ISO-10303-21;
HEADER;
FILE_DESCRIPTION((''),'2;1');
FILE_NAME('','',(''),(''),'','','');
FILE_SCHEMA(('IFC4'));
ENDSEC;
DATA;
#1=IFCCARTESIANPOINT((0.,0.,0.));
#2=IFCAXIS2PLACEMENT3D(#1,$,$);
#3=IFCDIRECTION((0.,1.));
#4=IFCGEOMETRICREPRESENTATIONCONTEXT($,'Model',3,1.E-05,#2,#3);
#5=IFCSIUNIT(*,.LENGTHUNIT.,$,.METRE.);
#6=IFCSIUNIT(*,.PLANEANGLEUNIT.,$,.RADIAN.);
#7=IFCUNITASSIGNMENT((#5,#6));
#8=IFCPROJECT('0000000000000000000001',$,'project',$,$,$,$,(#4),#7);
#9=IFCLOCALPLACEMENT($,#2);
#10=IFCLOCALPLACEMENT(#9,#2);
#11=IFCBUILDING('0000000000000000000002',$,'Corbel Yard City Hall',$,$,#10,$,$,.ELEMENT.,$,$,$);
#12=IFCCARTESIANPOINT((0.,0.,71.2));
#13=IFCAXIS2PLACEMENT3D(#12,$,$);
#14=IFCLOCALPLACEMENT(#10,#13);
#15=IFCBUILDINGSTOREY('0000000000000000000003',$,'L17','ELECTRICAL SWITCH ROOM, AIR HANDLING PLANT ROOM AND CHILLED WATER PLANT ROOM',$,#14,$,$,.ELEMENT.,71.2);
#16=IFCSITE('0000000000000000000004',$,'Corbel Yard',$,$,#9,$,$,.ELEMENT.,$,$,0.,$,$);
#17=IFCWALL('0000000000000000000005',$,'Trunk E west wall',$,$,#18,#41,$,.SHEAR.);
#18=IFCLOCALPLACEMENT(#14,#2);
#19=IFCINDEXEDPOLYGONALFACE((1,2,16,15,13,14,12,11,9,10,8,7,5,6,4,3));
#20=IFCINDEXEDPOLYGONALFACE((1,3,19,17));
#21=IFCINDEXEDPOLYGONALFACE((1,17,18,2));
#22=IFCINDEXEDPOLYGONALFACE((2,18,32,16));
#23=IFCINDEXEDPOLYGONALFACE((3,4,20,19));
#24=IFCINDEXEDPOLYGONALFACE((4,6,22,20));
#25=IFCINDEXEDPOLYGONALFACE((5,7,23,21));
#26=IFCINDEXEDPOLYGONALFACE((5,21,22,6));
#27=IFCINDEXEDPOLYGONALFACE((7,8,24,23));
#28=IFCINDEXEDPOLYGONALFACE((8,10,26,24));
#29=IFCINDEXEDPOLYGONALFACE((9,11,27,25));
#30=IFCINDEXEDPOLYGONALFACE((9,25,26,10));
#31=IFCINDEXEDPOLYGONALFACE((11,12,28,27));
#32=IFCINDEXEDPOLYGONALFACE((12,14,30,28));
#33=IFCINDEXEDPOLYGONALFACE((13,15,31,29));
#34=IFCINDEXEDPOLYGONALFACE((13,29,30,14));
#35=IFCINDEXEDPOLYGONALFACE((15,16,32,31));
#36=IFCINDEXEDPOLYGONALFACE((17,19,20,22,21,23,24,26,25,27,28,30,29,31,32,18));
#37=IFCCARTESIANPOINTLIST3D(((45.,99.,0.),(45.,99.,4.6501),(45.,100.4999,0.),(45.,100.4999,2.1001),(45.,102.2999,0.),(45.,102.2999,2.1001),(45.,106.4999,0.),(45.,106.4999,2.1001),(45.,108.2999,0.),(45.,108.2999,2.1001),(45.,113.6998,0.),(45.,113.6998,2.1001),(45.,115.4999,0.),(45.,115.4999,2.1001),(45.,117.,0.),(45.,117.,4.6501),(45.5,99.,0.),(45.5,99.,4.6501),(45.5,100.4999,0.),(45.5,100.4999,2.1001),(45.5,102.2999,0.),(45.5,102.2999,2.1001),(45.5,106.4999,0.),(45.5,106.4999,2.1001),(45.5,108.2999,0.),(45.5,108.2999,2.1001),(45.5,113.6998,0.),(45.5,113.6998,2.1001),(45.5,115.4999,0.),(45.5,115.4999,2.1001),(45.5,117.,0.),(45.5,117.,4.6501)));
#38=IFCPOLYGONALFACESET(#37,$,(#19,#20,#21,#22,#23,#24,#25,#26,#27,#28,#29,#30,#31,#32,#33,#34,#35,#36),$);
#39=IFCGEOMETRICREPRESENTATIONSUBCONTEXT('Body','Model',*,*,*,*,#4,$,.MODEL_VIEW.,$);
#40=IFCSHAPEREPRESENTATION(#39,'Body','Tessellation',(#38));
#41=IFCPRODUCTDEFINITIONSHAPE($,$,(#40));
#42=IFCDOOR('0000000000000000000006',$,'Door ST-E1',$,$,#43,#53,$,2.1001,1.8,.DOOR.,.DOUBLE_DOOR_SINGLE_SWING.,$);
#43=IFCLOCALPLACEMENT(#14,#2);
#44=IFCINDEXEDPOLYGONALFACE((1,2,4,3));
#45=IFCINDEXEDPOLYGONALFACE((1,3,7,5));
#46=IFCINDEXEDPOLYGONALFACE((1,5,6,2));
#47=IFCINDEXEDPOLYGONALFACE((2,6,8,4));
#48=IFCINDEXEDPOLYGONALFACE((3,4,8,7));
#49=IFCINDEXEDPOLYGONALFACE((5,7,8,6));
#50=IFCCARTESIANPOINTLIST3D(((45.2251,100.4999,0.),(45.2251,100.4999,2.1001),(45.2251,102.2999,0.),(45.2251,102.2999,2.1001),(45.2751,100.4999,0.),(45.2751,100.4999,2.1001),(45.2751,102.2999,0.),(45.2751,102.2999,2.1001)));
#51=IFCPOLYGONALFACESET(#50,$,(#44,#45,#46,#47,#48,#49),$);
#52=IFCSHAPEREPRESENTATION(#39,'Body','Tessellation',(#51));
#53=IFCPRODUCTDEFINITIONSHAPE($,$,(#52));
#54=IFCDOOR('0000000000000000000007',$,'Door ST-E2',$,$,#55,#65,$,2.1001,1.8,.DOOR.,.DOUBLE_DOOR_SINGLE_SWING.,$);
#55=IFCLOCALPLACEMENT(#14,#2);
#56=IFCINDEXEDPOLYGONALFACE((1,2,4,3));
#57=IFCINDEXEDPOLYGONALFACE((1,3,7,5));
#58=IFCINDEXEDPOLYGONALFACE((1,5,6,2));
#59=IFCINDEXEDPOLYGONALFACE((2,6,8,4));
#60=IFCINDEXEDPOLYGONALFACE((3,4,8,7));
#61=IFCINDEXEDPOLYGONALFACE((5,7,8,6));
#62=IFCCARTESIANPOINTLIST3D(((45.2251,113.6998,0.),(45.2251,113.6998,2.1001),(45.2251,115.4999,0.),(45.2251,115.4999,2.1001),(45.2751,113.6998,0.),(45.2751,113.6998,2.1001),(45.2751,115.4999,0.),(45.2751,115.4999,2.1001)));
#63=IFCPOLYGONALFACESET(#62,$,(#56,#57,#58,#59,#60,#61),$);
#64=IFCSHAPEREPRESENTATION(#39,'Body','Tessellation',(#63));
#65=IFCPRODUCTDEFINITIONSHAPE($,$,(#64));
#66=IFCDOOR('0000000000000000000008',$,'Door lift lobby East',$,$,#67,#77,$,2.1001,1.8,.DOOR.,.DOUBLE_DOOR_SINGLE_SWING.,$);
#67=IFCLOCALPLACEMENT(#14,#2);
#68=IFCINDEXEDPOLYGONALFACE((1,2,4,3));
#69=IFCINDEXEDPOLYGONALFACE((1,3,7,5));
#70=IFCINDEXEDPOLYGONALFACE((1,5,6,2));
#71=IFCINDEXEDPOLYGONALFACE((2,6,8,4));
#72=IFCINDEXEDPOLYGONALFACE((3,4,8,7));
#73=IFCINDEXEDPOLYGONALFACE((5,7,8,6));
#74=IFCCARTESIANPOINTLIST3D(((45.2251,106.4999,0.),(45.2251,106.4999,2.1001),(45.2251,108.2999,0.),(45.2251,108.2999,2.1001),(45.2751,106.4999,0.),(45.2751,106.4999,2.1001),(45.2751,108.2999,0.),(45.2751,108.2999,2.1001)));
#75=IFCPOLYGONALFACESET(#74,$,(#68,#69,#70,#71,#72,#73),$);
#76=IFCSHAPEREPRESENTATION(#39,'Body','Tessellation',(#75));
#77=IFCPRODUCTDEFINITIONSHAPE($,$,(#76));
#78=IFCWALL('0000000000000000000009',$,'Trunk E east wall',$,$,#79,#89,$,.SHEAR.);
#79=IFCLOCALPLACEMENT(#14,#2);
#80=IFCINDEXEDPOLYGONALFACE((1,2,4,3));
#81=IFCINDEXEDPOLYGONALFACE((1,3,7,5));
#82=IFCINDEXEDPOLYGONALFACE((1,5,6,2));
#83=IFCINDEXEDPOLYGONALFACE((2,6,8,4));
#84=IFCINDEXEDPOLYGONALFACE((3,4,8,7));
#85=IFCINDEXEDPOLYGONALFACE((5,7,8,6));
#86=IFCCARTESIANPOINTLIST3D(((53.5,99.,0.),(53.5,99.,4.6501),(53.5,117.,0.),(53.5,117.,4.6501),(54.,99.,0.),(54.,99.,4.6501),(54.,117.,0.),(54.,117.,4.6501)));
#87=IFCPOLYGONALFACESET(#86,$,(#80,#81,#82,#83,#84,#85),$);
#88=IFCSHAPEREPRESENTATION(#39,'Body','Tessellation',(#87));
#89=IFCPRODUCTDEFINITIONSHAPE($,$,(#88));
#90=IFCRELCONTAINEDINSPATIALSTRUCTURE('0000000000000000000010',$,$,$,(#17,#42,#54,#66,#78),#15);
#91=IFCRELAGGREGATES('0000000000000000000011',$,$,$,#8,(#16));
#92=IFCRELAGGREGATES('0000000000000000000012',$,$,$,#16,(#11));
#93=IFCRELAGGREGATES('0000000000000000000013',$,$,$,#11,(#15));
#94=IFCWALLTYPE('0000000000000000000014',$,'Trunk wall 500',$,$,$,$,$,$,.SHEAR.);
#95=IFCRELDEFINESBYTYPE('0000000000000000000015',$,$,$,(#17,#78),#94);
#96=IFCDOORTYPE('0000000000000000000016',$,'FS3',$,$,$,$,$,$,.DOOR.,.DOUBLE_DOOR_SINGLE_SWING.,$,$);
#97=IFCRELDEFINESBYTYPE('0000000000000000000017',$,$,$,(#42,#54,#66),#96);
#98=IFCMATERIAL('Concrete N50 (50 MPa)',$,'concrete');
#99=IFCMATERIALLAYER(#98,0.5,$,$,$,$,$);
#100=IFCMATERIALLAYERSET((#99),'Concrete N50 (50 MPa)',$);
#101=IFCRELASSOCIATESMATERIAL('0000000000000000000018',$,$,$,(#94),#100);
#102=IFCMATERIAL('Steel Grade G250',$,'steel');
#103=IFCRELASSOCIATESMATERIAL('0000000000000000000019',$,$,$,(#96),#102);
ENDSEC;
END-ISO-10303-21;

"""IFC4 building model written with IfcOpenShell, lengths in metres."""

from ifc_helpers import new_model, si_unit, direction, frame, frame_2d, origin, place, context, subcontext, project, spatial, rectangle, extrude, material, layer, layer_set, type_object, element, fill, save


model = new_model("IFC4")

# Units and contexts
model_context = context("Model", 3, precision=1e-05, world=origin(), true_north=direction((0.0, 1.0)))
body_context = subcontext(model_context, "Body", "Model", "MODEL_VIEW")
ifc_project = project(units=[si_unit("LENGTHUNIT", "METRE"), si_unit("PLANEANGLEUNIT", "RADIAN")], contexts=[model_context])

# Site, building, storey
site_placement = place(None, origin())
site = spatial("IfcSite", under=ifc_project, at=site_placement, Name="Corbel Yard", CompositionType="ELEMENT", RefElevation=0.0)
building_placement = place(site_placement, origin())
building = spatial("IfcBuilding", under=site, at=building_placement, Name="Corbel Yard City Hall", CompositionType="ELEMENT")
storey_placement = place(building_placement, frame((0.0, 0.0, 71.2)))
storey = spatial("IfcBuildingStorey", under=building, at=storey_placement, Name="L17", Description="ELECTRICAL SWITCH ROOM, AIR HANDLING PLANT ROOM AND CHILLED WATER PLANT ROOM", CompositionType="ELEMENT", Elevation=71.2)

# Shared definitions
ifc_material_1 = material(Name="Concrete N50 (50 MPa)", Category="concrete")
ifc_layer_1 = layer(ifc_material_1, 0.5)
ifc_layer_set_1 = layer_set([ifc_layer_1], Name="Concrete N50 (50 MPa)")
wall_type_1 = type_object("IfcWallType", Name="Trunk wall 500", PredefinedType="SHEAR", material=ifc_layer_set_1)

# Wall, openings, doors
ifc_material_2 = material(Name="Steel Grade G250", Category="steel")
door_type = type_object("IfcDoorType", Name="FS3", OperationType="DOUBLE_DOOR_SINGLE_SWING", PredefinedType="DOOR", material=ifc_material_2)
wall_1_placement = place(storey_placement, frame((45.25, 99.0, 0.0), z_axis=(0.0, 0.0, 1.0), x_axis=(0.0, 1.0, 0.0)))
wall_1 = element("IfcWall", 1, at=wall_1_placement, inside=storey, type_object=wall_type_1, Name="Trunk E west wall", PredefinedType="SHEAR", context=body_context, shape_type="SweptSolid", body=[
    extrude(rectangle(XDim=18.0, YDim=0.5, at=frame_2d((9.0, 0.0))), origin(), (0.0, 0.0, 1.0), 4.6501),
])
opening_1_placement = place(wall_1_placement, frame((1.5, 0.0, 0.0)))
opening_1 = element("IfcOpeningElement", 2, at=opening_1_placement, cuts=wall_1, PredefinedType="OPENING", context=body_context, shape_type="SweptSolid", body=[
    extrude(rectangle(XDim=1.8, YDim=2.1001, at=frame_2d((0.8999, 1.05))), frame((0.0, 0.26, 0.0), z_axis=(0.0, -1.0, 0.0), x_axis=(1.0, 0.0, 0.0)), (0.0, 0.0, 1.0), 0.52),
])
opening_2_placement = place(wall_1_placement, frame((14.7, 0.0, 0.0)))
opening_2 = element("IfcOpeningElement", 3, at=opening_2_placement, cuts=wall_1, PredefinedType="OPENING", context=body_context, shape_type="SweptSolid", body=[
    extrude(rectangle(XDim=1.8, YDim=2.1001, at=frame_2d((0.8999, 1.05))), frame((0.0, 0.26, 0.0), z_axis=(0.0, -1.0, 0.0), x_axis=(1.0, 0.0, 0.0)), (0.0, 0.0, 1.0), 0.52),
])
opening_3_placement = place(wall_1_placement, frame((7.5, 0.0, 0.0)))
opening_3 = element("IfcOpeningElement", 4, at=opening_3_placement, cuts=wall_1, PredefinedType="OPENING", context=body_context, shape_type="SweptSolid", body=[
    extrude(rectangle(XDim=1.8, YDim=2.1001, at=frame_2d((0.8999, 1.05))), frame((0.0, 0.26, 0.0), z_axis=(0.0, -1.0, 0.0), x_axis=(1.0, 0.0, 0.0)), (0.0, 0.0, 1.0), 0.52),
])
door_1_placement = place(opening_1_placement, origin())
door_1 = element("IfcDoor", 5, at=door_1_placement, inside=storey, type_object=door_type, Name="Door ST-E1", OperationType="DOUBLE_DOOR_SINGLE_SWING", OverallHeight=2.1001, OverallWidth=1.8, PredefinedType="DOOR", context=body_context, shape_type="SweptSolid", body=[
    extrude(rectangle(XDim=1.8, YDim=2.1001, at=frame_2d((0.8999, 1.05))), frame((0.0, 0.0249, 0.0), z_axis=(0.0, -1.0, 0.0), x_axis=(1.0, 0.0, 0.0)), (0.0, 0.0, 1.0), 0.05),
])
fill(opening_1, door_1)
door_2_placement = place(opening_2_placement, origin())
door_2 = element("IfcDoor", 6, at=door_2_placement, inside=storey, type_object=door_type, Name="Door ST-E2", OperationType="DOUBLE_DOOR_SINGLE_SWING", OverallHeight=2.1001, OverallWidth=1.8, PredefinedType="DOOR", context=body_context, shape_type="SweptSolid", body=[
    extrude(rectangle(XDim=1.8, YDim=2.1001, at=frame_2d((0.8999, 1.05))), frame((0.0, 0.0249, 0.0), z_axis=(0.0, -1.0, 0.0), x_axis=(1.0, 0.0, 0.0)), (0.0, 0.0, 1.0), 0.05),
])
fill(opening_2, door_2)
door_3_placement = place(opening_3_placement, origin())
door_3 = element("IfcDoor", 7, at=door_3_placement, inside=storey, type_object=door_type, Name="Door lift lobby East", OperationType="DOUBLE_DOOR_SINGLE_SWING", OverallHeight=2.1001, OverallWidth=1.8, PredefinedType="DOOR", context=body_context, shape_type="SweptSolid", body=[
    extrude(rectangle(XDim=1.8, YDim=2.1001, at=frame_2d((0.8999, 1.05))), frame((0.0, 0.0249, 0.0), z_axis=(0.0, -1.0, 0.0), x_axis=(1.0, 0.0, 0.0)), (0.0, 0.0, 1.0), 0.05),
])
fill(opening_3, door_3)

# Wall
wall_2_placement = place(storey_placement, frame((53.75, 99.0, 0.0), z_axis=(0.0, 0.0, 1.0), x_axis=(0.0, 1.0, 0.0)))
element("IfcWall", 8, at=wall_2_placement, inside=storey, type_object=wall_type_1, Name="Trunk E east wall", PredefinedType="SHEAR", context=body_context, shape_type="SweptSolid", body=[
    extrude(rectangle(XDim=18.0, YDim=0.5, at=frame_2d((9.0, 0.0))), origin(), (0.0, 0.0, 1.0), 4.6501),
])

save(model, "model.ifc")
